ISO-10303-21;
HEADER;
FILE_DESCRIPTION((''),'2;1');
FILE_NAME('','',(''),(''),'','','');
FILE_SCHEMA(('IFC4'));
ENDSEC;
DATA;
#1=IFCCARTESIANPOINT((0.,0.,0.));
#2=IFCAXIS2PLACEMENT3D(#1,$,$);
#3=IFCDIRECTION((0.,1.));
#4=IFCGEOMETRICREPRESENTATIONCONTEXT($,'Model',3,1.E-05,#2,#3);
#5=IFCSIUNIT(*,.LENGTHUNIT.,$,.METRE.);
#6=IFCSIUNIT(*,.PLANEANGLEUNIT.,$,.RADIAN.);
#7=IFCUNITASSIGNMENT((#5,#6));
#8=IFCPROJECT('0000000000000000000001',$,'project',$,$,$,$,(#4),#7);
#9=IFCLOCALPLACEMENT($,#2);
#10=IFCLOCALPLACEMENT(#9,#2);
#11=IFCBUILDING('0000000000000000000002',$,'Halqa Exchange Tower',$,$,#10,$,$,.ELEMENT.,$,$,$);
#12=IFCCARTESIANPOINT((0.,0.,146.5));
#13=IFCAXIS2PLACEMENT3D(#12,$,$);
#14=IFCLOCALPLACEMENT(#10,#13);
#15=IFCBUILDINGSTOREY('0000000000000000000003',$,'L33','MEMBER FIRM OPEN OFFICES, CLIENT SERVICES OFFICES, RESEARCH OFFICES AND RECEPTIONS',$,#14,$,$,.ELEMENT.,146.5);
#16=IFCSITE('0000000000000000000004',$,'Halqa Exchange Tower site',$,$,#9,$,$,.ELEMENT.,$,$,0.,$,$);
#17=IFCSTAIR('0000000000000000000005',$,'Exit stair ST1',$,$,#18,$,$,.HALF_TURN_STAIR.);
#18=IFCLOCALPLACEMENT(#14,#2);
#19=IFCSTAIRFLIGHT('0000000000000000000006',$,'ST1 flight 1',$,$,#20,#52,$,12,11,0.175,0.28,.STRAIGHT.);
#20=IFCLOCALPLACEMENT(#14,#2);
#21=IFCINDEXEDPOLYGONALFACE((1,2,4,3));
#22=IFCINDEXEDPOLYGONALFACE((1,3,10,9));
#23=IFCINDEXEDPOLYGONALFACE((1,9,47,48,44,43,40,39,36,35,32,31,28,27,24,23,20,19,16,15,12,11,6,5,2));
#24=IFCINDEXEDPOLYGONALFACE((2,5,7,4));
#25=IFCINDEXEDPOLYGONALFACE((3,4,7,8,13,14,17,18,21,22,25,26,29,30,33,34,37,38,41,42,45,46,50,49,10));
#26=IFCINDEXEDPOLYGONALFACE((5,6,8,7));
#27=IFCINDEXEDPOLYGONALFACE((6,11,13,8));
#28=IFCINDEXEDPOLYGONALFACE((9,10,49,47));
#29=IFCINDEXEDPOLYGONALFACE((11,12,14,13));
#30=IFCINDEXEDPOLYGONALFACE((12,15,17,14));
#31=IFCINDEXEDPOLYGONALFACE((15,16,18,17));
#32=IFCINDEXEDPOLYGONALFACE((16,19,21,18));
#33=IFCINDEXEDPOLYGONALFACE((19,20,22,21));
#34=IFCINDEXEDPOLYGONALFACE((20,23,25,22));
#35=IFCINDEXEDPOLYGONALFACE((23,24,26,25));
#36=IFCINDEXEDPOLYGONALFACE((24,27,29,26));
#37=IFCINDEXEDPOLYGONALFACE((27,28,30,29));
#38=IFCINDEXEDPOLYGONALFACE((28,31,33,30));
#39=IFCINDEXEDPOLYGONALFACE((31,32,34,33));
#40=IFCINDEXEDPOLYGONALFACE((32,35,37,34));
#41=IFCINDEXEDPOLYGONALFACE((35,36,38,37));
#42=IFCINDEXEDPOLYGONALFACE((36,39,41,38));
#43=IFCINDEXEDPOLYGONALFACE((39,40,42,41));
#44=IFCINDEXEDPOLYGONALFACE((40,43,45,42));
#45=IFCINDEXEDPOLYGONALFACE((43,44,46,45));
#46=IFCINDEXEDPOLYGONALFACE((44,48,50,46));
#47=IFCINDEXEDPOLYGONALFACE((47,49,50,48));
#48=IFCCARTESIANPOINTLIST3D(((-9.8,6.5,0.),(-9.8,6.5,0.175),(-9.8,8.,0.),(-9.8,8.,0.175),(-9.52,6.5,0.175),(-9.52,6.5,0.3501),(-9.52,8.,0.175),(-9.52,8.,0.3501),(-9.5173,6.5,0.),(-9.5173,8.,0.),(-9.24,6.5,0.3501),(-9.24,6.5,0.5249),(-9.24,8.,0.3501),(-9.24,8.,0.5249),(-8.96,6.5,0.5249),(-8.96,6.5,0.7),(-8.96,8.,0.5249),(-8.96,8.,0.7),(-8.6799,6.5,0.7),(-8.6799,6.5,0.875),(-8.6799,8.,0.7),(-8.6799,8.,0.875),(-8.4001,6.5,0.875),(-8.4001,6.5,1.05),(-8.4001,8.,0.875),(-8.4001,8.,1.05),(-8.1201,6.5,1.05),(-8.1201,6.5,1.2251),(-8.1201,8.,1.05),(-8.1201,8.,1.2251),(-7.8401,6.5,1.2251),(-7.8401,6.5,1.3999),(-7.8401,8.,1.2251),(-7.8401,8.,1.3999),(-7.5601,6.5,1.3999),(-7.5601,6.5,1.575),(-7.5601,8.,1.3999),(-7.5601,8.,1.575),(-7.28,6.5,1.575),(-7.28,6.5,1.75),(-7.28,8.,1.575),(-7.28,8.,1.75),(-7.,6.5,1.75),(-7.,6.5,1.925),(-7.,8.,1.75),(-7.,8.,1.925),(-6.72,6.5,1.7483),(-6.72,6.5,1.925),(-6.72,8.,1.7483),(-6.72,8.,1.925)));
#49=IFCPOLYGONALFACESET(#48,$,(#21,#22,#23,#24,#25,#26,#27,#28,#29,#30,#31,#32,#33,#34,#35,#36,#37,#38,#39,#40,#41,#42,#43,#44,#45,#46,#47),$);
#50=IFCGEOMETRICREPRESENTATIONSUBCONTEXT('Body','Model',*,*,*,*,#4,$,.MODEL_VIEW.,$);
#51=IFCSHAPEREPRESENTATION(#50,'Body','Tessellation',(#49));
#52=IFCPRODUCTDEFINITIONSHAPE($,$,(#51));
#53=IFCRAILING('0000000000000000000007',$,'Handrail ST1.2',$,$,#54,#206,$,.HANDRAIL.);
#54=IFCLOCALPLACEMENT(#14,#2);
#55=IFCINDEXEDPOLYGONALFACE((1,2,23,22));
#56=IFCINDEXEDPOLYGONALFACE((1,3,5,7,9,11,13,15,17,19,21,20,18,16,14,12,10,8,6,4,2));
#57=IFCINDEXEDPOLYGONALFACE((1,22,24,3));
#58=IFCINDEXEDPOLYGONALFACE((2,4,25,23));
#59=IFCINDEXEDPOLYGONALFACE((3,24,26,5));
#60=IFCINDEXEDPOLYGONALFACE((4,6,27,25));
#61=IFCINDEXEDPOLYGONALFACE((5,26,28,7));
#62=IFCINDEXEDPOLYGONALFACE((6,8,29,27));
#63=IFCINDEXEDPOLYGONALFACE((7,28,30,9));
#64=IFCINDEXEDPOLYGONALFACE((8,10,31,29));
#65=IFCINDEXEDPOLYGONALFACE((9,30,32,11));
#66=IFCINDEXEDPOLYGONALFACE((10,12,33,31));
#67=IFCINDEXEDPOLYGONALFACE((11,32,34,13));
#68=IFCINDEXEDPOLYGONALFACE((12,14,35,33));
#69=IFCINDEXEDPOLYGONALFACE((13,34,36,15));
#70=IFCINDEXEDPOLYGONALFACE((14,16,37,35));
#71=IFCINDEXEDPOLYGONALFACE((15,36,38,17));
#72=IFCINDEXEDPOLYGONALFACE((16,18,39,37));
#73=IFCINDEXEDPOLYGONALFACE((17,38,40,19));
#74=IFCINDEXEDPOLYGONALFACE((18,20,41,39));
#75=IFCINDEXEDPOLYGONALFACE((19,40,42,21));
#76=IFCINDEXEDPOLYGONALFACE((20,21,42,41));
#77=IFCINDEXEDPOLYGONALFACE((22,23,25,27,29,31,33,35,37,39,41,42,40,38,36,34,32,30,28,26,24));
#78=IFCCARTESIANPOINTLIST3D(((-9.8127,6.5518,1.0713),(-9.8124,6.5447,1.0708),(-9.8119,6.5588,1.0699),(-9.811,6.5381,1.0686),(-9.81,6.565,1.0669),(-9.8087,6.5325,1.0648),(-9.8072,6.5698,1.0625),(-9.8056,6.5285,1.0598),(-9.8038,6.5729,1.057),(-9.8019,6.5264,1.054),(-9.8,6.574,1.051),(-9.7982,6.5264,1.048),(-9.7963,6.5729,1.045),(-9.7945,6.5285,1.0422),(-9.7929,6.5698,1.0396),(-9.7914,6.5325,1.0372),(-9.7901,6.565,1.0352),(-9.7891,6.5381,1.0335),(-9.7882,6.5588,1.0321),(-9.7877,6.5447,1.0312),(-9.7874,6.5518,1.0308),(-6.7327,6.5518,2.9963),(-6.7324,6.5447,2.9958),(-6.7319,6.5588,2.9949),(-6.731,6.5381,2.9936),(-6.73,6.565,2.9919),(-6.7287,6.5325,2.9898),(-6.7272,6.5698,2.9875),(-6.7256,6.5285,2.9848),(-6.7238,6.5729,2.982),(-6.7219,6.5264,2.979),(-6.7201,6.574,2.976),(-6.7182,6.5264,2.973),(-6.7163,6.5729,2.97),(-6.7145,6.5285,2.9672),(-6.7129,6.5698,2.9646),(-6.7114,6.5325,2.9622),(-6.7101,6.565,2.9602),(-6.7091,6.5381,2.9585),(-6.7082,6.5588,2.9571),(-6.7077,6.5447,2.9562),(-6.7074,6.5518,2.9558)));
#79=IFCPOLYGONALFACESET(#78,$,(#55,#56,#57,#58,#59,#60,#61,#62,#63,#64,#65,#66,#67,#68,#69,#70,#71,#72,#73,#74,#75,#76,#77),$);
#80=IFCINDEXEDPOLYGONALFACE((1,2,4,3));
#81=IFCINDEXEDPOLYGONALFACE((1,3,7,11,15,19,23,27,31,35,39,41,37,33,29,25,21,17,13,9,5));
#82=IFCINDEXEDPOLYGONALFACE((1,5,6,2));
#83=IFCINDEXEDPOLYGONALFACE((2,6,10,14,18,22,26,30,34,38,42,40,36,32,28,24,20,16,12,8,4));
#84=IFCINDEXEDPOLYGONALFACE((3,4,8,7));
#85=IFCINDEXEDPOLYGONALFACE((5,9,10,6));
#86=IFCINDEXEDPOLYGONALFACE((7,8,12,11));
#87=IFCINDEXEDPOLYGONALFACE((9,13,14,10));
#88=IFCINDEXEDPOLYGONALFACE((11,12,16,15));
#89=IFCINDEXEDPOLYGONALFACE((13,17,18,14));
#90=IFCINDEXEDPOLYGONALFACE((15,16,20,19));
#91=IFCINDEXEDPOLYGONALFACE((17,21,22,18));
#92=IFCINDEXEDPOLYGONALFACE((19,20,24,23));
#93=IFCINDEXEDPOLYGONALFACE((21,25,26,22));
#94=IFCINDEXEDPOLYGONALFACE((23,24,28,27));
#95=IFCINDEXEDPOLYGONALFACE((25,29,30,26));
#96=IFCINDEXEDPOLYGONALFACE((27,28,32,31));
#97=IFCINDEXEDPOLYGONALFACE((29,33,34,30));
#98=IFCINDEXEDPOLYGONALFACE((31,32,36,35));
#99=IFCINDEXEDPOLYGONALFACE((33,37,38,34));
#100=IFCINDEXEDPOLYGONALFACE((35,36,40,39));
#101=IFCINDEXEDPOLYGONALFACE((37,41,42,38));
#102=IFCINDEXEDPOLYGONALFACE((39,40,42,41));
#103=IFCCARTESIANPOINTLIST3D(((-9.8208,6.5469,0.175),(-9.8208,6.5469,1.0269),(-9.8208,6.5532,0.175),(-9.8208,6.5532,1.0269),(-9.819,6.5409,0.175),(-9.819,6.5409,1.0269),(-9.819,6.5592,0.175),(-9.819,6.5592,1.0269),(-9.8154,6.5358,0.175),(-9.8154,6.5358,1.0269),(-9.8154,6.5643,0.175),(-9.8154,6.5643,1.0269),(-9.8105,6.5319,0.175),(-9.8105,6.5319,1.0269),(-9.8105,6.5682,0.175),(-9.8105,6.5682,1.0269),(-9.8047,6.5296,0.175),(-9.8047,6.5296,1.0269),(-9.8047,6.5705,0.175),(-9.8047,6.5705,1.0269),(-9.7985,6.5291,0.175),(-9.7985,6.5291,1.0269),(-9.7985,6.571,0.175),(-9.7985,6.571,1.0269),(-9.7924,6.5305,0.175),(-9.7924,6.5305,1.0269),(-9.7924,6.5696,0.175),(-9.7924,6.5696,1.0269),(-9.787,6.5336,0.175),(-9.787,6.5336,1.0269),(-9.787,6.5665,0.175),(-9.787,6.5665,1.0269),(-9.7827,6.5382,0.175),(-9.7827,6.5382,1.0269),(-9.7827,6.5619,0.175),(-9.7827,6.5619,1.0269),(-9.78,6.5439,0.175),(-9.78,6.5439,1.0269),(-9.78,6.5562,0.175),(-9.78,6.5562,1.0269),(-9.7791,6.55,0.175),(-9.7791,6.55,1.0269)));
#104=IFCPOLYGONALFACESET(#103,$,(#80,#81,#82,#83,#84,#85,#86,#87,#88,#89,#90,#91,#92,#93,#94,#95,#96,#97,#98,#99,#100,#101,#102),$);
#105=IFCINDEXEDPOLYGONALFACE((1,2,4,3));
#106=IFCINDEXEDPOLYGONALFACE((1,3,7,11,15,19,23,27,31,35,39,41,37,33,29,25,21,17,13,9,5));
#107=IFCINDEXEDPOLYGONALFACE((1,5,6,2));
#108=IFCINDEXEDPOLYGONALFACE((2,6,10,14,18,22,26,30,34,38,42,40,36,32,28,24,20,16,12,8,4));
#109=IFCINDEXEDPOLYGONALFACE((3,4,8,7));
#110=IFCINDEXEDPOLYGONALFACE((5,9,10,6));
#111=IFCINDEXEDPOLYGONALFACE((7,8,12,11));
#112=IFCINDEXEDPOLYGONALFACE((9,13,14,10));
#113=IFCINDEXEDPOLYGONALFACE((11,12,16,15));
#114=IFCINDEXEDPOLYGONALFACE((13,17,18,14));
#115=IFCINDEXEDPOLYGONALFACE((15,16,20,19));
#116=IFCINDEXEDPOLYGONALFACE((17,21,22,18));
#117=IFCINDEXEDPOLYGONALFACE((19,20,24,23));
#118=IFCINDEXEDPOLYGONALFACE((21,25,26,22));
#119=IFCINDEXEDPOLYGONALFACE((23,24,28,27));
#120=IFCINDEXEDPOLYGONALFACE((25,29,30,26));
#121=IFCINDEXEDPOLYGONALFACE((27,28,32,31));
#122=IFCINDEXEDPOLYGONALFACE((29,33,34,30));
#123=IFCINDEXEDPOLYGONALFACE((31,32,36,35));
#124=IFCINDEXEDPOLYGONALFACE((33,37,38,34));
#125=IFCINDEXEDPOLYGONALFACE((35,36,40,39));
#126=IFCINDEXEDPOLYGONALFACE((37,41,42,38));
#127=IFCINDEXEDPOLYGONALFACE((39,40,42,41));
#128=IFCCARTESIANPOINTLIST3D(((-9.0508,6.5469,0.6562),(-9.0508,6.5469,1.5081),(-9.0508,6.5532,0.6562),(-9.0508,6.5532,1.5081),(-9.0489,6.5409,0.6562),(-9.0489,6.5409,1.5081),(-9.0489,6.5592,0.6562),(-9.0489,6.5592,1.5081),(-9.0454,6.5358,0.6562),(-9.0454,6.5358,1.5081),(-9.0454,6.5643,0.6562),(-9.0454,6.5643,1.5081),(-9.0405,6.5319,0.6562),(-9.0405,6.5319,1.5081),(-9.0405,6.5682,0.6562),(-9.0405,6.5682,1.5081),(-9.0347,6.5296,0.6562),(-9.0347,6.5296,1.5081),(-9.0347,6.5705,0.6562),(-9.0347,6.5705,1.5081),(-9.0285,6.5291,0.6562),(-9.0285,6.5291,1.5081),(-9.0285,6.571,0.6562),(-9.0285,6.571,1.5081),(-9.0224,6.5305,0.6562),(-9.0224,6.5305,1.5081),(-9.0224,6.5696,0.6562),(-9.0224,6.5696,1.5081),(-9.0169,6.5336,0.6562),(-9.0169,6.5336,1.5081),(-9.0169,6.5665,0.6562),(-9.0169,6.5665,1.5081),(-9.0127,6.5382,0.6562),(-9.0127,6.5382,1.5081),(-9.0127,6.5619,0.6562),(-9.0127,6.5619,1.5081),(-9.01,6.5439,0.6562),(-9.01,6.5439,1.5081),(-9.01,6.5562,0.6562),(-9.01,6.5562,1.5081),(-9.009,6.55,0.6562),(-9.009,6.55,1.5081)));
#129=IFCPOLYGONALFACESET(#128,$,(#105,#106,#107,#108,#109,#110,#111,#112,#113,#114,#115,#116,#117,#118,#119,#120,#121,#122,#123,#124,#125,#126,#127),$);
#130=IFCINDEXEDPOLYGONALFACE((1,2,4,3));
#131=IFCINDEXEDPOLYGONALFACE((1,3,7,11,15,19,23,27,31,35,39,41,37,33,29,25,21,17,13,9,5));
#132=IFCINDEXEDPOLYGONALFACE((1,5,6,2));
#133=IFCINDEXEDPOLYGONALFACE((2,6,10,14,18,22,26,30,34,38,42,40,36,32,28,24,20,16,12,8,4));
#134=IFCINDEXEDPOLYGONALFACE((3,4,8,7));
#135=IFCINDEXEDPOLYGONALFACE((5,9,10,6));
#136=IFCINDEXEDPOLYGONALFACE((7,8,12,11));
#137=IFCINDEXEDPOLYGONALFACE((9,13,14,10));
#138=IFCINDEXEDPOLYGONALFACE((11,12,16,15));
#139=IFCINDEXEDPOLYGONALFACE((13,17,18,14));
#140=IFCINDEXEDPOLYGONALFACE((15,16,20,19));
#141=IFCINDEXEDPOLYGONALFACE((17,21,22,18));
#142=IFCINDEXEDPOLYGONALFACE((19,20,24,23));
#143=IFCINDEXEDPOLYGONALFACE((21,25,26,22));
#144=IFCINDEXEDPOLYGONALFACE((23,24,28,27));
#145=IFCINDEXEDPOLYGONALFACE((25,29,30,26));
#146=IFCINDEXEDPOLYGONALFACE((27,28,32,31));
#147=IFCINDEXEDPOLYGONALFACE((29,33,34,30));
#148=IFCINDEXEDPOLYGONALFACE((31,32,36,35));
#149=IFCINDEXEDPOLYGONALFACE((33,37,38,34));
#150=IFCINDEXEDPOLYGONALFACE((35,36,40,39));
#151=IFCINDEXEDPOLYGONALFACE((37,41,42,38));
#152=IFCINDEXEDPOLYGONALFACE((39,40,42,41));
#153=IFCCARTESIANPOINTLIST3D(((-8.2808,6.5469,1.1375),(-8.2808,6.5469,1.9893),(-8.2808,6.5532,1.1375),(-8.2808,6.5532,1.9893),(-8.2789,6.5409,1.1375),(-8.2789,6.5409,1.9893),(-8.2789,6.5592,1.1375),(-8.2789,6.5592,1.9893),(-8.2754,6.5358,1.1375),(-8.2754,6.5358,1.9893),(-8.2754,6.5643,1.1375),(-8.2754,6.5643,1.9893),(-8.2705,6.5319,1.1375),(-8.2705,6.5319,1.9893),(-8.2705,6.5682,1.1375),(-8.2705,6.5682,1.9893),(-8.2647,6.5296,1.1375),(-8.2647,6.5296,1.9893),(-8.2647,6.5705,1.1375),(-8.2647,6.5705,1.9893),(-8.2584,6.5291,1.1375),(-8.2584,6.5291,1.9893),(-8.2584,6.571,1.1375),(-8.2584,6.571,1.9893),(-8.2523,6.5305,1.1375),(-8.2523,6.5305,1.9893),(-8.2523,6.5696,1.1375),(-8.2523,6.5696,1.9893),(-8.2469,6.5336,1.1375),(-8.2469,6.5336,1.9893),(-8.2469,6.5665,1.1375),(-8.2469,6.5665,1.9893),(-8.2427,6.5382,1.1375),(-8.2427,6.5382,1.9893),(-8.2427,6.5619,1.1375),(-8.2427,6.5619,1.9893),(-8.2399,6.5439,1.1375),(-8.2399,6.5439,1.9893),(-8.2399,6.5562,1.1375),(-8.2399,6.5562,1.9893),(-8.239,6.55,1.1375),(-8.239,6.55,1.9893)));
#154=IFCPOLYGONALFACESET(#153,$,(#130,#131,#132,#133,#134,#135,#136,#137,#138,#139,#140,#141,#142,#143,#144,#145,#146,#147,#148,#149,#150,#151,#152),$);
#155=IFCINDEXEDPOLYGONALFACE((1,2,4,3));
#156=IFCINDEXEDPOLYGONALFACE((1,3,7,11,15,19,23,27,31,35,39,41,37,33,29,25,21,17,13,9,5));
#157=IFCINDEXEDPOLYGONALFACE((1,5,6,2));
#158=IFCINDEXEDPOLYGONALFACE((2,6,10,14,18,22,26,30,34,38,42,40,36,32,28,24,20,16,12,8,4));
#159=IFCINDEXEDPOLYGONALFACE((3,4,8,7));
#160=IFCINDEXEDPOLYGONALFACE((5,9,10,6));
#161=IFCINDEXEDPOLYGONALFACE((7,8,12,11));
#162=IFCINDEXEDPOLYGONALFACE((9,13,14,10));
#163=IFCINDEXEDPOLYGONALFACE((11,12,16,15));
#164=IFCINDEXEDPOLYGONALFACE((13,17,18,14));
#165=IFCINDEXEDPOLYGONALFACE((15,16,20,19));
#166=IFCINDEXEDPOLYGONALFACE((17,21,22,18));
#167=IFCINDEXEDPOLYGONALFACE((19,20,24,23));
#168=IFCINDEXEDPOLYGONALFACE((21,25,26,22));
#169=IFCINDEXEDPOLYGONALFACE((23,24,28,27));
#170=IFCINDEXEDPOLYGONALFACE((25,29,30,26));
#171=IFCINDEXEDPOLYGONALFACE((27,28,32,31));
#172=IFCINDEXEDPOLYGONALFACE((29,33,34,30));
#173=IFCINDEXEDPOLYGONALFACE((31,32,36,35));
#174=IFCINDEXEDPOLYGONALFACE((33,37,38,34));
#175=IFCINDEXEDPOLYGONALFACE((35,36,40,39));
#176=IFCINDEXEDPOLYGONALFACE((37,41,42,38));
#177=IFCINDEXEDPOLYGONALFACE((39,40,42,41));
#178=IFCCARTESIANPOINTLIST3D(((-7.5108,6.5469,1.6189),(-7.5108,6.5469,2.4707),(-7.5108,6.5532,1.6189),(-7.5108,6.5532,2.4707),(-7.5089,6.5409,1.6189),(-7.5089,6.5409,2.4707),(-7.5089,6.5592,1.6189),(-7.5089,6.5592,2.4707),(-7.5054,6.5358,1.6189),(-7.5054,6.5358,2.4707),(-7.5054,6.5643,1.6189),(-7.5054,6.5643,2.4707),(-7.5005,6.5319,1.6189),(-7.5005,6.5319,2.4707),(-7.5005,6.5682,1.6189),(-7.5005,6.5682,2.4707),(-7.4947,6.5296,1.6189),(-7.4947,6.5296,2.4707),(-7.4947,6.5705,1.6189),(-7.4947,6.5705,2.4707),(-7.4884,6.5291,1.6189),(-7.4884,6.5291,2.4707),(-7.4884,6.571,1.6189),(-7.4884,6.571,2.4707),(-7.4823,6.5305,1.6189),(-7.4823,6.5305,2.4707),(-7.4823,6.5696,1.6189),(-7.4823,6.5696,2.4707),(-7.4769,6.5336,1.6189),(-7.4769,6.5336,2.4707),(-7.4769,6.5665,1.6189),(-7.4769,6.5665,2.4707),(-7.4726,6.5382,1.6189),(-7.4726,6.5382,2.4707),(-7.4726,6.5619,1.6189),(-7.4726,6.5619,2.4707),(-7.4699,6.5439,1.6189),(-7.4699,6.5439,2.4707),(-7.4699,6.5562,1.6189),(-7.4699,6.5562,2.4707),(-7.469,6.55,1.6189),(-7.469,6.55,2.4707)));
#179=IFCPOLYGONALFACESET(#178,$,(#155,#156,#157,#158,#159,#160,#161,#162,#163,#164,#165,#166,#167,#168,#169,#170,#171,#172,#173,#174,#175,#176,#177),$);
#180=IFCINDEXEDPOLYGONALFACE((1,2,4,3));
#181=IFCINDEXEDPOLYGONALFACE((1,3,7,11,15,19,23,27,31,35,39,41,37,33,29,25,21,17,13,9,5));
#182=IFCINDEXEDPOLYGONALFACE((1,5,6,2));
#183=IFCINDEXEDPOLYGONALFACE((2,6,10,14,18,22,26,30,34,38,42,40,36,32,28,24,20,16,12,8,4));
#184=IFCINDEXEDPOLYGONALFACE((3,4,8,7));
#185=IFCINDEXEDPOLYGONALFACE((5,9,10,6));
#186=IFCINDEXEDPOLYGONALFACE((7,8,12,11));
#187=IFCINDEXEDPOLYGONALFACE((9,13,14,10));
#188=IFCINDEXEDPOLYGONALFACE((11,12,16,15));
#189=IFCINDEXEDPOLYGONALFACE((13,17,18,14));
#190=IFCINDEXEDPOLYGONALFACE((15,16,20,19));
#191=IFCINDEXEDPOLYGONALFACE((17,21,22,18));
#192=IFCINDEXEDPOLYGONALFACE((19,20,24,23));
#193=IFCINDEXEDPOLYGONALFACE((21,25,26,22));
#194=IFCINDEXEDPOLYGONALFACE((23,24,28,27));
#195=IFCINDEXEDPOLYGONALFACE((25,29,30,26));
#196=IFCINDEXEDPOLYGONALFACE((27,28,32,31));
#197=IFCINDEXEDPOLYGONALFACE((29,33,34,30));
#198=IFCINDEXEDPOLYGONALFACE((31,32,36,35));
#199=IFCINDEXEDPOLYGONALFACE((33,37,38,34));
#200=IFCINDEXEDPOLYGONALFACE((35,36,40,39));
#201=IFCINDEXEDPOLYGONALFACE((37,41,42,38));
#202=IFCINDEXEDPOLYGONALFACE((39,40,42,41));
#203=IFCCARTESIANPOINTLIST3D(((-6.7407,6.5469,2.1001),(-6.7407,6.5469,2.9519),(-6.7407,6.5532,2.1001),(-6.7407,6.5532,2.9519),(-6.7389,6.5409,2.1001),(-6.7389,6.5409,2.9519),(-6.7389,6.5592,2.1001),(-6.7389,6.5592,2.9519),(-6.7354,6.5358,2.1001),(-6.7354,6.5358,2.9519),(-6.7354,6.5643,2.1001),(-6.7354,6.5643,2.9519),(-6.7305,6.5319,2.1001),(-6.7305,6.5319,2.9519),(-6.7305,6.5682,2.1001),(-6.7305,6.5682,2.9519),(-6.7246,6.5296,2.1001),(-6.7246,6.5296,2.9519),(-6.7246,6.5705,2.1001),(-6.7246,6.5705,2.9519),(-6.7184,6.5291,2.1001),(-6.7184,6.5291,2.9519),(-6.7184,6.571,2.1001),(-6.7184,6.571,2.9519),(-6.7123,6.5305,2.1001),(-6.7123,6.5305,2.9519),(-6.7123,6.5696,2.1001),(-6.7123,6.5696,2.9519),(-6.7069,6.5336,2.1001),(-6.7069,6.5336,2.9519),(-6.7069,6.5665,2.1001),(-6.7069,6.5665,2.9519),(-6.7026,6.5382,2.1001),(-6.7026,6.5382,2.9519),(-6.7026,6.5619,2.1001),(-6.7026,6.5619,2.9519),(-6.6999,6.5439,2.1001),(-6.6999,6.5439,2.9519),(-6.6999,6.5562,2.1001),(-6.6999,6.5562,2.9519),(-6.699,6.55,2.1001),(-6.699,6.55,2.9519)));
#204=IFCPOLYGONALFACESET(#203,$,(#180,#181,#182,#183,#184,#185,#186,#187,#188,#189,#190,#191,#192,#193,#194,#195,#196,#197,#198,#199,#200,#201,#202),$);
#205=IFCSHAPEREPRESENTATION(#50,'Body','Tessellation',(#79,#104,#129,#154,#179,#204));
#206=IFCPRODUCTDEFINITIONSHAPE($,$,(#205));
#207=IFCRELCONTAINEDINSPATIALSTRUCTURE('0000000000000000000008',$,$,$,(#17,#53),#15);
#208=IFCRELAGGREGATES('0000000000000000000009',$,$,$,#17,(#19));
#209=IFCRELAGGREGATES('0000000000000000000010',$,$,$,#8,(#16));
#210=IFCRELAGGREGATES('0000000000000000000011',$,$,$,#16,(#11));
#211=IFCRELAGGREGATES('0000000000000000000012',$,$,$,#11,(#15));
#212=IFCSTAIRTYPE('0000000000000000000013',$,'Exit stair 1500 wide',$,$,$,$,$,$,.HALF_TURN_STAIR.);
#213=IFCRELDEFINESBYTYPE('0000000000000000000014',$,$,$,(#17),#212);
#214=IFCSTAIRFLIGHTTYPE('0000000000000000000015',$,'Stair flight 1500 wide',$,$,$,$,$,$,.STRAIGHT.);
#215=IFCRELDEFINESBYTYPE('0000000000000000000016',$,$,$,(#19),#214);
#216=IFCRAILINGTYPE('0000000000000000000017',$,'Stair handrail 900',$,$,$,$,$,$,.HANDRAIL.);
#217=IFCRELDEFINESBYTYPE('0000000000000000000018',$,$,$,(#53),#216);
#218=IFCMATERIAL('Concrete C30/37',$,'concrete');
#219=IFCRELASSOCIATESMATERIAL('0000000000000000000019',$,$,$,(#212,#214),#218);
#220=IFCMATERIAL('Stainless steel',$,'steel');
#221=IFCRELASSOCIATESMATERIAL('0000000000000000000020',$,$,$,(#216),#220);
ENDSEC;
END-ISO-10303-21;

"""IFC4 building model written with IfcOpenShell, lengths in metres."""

from ifc_helpers import new_model, si_unit, direction, frame, origin, origin_2d, place, context, subcontext, project, spatial, polyline, circle, outline, extrude, material, type_object, element, aggregate, save


model = new_model("IFC4")

# Units and contexts
model_context = context("Model", 3, precision=1e-05, world=origin(), true_north=direction((0.0, 1.0)))
body_context = subcontext(model_context, "Body", "Model", "MODEL_VIEW")
ifc_project = project(units=[si_unit("LENGTHUNIT", "METRE"), si_unit("PLANEANGLEUNIT", "RADIAN")], contexts=[model_context])

# Site, building, storey
site_placement = place(None, origin())
site = spatial("IfcSite", under=ifc_project, at=site_placement, Name="Halqa Exchange Tower site", CompositionType="ELEMENT", RefElevation=0.0)
building_placement = place(site_placement, origin())
building = spatial("IfcBuilding", under=site, at=building_placement, Name="Halqa Exchange Tower", CompositionType="ELEMENT")
storey_placement = place(building_placement, frame((0.0, 0.0, 146.5)))
storey = spatial("IfcBuildingStorey", under=building, at=storey_placement, Name="L33", Description="MEMBER FIRM OPEN OFFICES, CLIENT SERVICES OFFICES, RESEARCH OFFICES AND RECEPTIONS", CompositionType="ELEMENT", Elevation=146.5)

# Shared definitions
ifc_material_1 = material(Name="Stainless steel", Category="steel")

# Shared definitions
ifc_material_2 = material(Name="Concrete C30/37", Category="concrete")

# Stair, stair flight
stair_type = type_object("IfcStairType", Name="Exit stair 1500 wide", PredefinedType="HALF_TURN_STAIR", material=ifc_material_2)
stair_placement = place(storey_placement, origin())
stair = element("IfcStair", 1, at=stair_placement, inside=storey, type_object=stair_type, Name="Exit stair ST1", PredefinedType="HALF_TURN_STAIR")
stair_flight_type = type_object("IfcStairFlightType", Name="Stair flight 1500 wide", PredefinedType="STRAIGHT", material=ifc_material_2)
stair_flight_placement = place(storey_placement, frame((-9.8, 7.25, 0.0), z_axis=(0.0, 0.0, 1.0), x_axis=(1.0, 0.0, 0.0)))
stair_flight = element("IfcStairFlight", 2, at=stair_flight_placement, type_object=stair_flight_type, Name="ST1 flight 1", NumberOfRisers=12, NumberOfTreads=11, PredefinedType="STRAIGHT", RiserHeight=0.175, TreadLength=0.28, context=body_context, shape_type="SweptSolid", body=[
    extrude(outline(polyline([(0.0, 0.0), (0.0, 0.175), (0.28, 0.175), (0.28, 0.3501), (0.5601, 0.3501), (0.5601, 0.5249), (0.8401, 0.5249), (0.8401, 0.7), (1.1201, 0.7), (1.1201, 0.875), (1.3999, 0.875), (1.3999, 1.05), (1.6799, 1.05), (1.6799, 1.2251), (1.96, 1.2251), (1.96, 1.3999), (2.24, 1.3999), (2.24, 1.575), (2.52, 1.575), (2.52, 1.75), (2.8, 1.75), (2.8, 1.925), (3.0801, 1.925), (3.0801, 2.1001), (3.0801, 1.7483), (0.2827, 0.0), (0.0, 0.0)])), frame((0.0, 0.75, 0.0), z_axis=(0.0, -1.0, 0.0), x_axis=(1.0, 0.0, 0.0)), (0.0, 0.0, 1.0), 1.5),
])
aggregate(stair, [stair_flight])

# Railing
railing_type_1 = type_object("IfcRailingType", Name="Stair handrail 900", PredefinedType="HANDRAIL", material=ifc_material_1)
railing_1_placement = place(storey_placement, frame((-9.8, 6.55, 0.175)))
element("IfcRailing", 3, at=railing_1_placement, inside=storey, type_object=railing_type_1, Name="Handrail ST1.2", PredefinedType="HANDRAIL", context=body_context, shape_type="SweptSolid", body=[
    extrude(circle(Radius=0.0239, at=origin_2d()), frame((0.0, 0.0, 0.876), z_axis=(0.847998, 0.0, 0.529999), x_axis=(0.0, 1.0, 0.0)), (0.0, 0.0, 1.0), 3.6321),
    extrude(circle(Radius=0.021, at=origin_2d()), origin(), (0.0, 0.0, 1.0), 0.8518),
    extrude(circle(Radius=0.021, at=origin_2d()), frame((0.77, 0.0, 0.4812)), (0.0, 0.0, 1.0), 0.8518),
    extrude(circle(Radius=0.021, at=origin_2d()), frame((1.54, 0.0, 0.9624)), (0.0, 0.0, 1.0), 0.8518),
    extrude(circle(Radius=0.021, at=origin_2d()), frame((2.3101, 0.0, 1.4438)), (0.0, 0.0, 1.0), 0.8518),
    extrude(circle(Radius=0.021, at=origin_2d()), frame((3.0801, 0.0, 1.925)), (0.0, 0.0, 1.0), 0.8518),
])

save(model, "model.ifc")
